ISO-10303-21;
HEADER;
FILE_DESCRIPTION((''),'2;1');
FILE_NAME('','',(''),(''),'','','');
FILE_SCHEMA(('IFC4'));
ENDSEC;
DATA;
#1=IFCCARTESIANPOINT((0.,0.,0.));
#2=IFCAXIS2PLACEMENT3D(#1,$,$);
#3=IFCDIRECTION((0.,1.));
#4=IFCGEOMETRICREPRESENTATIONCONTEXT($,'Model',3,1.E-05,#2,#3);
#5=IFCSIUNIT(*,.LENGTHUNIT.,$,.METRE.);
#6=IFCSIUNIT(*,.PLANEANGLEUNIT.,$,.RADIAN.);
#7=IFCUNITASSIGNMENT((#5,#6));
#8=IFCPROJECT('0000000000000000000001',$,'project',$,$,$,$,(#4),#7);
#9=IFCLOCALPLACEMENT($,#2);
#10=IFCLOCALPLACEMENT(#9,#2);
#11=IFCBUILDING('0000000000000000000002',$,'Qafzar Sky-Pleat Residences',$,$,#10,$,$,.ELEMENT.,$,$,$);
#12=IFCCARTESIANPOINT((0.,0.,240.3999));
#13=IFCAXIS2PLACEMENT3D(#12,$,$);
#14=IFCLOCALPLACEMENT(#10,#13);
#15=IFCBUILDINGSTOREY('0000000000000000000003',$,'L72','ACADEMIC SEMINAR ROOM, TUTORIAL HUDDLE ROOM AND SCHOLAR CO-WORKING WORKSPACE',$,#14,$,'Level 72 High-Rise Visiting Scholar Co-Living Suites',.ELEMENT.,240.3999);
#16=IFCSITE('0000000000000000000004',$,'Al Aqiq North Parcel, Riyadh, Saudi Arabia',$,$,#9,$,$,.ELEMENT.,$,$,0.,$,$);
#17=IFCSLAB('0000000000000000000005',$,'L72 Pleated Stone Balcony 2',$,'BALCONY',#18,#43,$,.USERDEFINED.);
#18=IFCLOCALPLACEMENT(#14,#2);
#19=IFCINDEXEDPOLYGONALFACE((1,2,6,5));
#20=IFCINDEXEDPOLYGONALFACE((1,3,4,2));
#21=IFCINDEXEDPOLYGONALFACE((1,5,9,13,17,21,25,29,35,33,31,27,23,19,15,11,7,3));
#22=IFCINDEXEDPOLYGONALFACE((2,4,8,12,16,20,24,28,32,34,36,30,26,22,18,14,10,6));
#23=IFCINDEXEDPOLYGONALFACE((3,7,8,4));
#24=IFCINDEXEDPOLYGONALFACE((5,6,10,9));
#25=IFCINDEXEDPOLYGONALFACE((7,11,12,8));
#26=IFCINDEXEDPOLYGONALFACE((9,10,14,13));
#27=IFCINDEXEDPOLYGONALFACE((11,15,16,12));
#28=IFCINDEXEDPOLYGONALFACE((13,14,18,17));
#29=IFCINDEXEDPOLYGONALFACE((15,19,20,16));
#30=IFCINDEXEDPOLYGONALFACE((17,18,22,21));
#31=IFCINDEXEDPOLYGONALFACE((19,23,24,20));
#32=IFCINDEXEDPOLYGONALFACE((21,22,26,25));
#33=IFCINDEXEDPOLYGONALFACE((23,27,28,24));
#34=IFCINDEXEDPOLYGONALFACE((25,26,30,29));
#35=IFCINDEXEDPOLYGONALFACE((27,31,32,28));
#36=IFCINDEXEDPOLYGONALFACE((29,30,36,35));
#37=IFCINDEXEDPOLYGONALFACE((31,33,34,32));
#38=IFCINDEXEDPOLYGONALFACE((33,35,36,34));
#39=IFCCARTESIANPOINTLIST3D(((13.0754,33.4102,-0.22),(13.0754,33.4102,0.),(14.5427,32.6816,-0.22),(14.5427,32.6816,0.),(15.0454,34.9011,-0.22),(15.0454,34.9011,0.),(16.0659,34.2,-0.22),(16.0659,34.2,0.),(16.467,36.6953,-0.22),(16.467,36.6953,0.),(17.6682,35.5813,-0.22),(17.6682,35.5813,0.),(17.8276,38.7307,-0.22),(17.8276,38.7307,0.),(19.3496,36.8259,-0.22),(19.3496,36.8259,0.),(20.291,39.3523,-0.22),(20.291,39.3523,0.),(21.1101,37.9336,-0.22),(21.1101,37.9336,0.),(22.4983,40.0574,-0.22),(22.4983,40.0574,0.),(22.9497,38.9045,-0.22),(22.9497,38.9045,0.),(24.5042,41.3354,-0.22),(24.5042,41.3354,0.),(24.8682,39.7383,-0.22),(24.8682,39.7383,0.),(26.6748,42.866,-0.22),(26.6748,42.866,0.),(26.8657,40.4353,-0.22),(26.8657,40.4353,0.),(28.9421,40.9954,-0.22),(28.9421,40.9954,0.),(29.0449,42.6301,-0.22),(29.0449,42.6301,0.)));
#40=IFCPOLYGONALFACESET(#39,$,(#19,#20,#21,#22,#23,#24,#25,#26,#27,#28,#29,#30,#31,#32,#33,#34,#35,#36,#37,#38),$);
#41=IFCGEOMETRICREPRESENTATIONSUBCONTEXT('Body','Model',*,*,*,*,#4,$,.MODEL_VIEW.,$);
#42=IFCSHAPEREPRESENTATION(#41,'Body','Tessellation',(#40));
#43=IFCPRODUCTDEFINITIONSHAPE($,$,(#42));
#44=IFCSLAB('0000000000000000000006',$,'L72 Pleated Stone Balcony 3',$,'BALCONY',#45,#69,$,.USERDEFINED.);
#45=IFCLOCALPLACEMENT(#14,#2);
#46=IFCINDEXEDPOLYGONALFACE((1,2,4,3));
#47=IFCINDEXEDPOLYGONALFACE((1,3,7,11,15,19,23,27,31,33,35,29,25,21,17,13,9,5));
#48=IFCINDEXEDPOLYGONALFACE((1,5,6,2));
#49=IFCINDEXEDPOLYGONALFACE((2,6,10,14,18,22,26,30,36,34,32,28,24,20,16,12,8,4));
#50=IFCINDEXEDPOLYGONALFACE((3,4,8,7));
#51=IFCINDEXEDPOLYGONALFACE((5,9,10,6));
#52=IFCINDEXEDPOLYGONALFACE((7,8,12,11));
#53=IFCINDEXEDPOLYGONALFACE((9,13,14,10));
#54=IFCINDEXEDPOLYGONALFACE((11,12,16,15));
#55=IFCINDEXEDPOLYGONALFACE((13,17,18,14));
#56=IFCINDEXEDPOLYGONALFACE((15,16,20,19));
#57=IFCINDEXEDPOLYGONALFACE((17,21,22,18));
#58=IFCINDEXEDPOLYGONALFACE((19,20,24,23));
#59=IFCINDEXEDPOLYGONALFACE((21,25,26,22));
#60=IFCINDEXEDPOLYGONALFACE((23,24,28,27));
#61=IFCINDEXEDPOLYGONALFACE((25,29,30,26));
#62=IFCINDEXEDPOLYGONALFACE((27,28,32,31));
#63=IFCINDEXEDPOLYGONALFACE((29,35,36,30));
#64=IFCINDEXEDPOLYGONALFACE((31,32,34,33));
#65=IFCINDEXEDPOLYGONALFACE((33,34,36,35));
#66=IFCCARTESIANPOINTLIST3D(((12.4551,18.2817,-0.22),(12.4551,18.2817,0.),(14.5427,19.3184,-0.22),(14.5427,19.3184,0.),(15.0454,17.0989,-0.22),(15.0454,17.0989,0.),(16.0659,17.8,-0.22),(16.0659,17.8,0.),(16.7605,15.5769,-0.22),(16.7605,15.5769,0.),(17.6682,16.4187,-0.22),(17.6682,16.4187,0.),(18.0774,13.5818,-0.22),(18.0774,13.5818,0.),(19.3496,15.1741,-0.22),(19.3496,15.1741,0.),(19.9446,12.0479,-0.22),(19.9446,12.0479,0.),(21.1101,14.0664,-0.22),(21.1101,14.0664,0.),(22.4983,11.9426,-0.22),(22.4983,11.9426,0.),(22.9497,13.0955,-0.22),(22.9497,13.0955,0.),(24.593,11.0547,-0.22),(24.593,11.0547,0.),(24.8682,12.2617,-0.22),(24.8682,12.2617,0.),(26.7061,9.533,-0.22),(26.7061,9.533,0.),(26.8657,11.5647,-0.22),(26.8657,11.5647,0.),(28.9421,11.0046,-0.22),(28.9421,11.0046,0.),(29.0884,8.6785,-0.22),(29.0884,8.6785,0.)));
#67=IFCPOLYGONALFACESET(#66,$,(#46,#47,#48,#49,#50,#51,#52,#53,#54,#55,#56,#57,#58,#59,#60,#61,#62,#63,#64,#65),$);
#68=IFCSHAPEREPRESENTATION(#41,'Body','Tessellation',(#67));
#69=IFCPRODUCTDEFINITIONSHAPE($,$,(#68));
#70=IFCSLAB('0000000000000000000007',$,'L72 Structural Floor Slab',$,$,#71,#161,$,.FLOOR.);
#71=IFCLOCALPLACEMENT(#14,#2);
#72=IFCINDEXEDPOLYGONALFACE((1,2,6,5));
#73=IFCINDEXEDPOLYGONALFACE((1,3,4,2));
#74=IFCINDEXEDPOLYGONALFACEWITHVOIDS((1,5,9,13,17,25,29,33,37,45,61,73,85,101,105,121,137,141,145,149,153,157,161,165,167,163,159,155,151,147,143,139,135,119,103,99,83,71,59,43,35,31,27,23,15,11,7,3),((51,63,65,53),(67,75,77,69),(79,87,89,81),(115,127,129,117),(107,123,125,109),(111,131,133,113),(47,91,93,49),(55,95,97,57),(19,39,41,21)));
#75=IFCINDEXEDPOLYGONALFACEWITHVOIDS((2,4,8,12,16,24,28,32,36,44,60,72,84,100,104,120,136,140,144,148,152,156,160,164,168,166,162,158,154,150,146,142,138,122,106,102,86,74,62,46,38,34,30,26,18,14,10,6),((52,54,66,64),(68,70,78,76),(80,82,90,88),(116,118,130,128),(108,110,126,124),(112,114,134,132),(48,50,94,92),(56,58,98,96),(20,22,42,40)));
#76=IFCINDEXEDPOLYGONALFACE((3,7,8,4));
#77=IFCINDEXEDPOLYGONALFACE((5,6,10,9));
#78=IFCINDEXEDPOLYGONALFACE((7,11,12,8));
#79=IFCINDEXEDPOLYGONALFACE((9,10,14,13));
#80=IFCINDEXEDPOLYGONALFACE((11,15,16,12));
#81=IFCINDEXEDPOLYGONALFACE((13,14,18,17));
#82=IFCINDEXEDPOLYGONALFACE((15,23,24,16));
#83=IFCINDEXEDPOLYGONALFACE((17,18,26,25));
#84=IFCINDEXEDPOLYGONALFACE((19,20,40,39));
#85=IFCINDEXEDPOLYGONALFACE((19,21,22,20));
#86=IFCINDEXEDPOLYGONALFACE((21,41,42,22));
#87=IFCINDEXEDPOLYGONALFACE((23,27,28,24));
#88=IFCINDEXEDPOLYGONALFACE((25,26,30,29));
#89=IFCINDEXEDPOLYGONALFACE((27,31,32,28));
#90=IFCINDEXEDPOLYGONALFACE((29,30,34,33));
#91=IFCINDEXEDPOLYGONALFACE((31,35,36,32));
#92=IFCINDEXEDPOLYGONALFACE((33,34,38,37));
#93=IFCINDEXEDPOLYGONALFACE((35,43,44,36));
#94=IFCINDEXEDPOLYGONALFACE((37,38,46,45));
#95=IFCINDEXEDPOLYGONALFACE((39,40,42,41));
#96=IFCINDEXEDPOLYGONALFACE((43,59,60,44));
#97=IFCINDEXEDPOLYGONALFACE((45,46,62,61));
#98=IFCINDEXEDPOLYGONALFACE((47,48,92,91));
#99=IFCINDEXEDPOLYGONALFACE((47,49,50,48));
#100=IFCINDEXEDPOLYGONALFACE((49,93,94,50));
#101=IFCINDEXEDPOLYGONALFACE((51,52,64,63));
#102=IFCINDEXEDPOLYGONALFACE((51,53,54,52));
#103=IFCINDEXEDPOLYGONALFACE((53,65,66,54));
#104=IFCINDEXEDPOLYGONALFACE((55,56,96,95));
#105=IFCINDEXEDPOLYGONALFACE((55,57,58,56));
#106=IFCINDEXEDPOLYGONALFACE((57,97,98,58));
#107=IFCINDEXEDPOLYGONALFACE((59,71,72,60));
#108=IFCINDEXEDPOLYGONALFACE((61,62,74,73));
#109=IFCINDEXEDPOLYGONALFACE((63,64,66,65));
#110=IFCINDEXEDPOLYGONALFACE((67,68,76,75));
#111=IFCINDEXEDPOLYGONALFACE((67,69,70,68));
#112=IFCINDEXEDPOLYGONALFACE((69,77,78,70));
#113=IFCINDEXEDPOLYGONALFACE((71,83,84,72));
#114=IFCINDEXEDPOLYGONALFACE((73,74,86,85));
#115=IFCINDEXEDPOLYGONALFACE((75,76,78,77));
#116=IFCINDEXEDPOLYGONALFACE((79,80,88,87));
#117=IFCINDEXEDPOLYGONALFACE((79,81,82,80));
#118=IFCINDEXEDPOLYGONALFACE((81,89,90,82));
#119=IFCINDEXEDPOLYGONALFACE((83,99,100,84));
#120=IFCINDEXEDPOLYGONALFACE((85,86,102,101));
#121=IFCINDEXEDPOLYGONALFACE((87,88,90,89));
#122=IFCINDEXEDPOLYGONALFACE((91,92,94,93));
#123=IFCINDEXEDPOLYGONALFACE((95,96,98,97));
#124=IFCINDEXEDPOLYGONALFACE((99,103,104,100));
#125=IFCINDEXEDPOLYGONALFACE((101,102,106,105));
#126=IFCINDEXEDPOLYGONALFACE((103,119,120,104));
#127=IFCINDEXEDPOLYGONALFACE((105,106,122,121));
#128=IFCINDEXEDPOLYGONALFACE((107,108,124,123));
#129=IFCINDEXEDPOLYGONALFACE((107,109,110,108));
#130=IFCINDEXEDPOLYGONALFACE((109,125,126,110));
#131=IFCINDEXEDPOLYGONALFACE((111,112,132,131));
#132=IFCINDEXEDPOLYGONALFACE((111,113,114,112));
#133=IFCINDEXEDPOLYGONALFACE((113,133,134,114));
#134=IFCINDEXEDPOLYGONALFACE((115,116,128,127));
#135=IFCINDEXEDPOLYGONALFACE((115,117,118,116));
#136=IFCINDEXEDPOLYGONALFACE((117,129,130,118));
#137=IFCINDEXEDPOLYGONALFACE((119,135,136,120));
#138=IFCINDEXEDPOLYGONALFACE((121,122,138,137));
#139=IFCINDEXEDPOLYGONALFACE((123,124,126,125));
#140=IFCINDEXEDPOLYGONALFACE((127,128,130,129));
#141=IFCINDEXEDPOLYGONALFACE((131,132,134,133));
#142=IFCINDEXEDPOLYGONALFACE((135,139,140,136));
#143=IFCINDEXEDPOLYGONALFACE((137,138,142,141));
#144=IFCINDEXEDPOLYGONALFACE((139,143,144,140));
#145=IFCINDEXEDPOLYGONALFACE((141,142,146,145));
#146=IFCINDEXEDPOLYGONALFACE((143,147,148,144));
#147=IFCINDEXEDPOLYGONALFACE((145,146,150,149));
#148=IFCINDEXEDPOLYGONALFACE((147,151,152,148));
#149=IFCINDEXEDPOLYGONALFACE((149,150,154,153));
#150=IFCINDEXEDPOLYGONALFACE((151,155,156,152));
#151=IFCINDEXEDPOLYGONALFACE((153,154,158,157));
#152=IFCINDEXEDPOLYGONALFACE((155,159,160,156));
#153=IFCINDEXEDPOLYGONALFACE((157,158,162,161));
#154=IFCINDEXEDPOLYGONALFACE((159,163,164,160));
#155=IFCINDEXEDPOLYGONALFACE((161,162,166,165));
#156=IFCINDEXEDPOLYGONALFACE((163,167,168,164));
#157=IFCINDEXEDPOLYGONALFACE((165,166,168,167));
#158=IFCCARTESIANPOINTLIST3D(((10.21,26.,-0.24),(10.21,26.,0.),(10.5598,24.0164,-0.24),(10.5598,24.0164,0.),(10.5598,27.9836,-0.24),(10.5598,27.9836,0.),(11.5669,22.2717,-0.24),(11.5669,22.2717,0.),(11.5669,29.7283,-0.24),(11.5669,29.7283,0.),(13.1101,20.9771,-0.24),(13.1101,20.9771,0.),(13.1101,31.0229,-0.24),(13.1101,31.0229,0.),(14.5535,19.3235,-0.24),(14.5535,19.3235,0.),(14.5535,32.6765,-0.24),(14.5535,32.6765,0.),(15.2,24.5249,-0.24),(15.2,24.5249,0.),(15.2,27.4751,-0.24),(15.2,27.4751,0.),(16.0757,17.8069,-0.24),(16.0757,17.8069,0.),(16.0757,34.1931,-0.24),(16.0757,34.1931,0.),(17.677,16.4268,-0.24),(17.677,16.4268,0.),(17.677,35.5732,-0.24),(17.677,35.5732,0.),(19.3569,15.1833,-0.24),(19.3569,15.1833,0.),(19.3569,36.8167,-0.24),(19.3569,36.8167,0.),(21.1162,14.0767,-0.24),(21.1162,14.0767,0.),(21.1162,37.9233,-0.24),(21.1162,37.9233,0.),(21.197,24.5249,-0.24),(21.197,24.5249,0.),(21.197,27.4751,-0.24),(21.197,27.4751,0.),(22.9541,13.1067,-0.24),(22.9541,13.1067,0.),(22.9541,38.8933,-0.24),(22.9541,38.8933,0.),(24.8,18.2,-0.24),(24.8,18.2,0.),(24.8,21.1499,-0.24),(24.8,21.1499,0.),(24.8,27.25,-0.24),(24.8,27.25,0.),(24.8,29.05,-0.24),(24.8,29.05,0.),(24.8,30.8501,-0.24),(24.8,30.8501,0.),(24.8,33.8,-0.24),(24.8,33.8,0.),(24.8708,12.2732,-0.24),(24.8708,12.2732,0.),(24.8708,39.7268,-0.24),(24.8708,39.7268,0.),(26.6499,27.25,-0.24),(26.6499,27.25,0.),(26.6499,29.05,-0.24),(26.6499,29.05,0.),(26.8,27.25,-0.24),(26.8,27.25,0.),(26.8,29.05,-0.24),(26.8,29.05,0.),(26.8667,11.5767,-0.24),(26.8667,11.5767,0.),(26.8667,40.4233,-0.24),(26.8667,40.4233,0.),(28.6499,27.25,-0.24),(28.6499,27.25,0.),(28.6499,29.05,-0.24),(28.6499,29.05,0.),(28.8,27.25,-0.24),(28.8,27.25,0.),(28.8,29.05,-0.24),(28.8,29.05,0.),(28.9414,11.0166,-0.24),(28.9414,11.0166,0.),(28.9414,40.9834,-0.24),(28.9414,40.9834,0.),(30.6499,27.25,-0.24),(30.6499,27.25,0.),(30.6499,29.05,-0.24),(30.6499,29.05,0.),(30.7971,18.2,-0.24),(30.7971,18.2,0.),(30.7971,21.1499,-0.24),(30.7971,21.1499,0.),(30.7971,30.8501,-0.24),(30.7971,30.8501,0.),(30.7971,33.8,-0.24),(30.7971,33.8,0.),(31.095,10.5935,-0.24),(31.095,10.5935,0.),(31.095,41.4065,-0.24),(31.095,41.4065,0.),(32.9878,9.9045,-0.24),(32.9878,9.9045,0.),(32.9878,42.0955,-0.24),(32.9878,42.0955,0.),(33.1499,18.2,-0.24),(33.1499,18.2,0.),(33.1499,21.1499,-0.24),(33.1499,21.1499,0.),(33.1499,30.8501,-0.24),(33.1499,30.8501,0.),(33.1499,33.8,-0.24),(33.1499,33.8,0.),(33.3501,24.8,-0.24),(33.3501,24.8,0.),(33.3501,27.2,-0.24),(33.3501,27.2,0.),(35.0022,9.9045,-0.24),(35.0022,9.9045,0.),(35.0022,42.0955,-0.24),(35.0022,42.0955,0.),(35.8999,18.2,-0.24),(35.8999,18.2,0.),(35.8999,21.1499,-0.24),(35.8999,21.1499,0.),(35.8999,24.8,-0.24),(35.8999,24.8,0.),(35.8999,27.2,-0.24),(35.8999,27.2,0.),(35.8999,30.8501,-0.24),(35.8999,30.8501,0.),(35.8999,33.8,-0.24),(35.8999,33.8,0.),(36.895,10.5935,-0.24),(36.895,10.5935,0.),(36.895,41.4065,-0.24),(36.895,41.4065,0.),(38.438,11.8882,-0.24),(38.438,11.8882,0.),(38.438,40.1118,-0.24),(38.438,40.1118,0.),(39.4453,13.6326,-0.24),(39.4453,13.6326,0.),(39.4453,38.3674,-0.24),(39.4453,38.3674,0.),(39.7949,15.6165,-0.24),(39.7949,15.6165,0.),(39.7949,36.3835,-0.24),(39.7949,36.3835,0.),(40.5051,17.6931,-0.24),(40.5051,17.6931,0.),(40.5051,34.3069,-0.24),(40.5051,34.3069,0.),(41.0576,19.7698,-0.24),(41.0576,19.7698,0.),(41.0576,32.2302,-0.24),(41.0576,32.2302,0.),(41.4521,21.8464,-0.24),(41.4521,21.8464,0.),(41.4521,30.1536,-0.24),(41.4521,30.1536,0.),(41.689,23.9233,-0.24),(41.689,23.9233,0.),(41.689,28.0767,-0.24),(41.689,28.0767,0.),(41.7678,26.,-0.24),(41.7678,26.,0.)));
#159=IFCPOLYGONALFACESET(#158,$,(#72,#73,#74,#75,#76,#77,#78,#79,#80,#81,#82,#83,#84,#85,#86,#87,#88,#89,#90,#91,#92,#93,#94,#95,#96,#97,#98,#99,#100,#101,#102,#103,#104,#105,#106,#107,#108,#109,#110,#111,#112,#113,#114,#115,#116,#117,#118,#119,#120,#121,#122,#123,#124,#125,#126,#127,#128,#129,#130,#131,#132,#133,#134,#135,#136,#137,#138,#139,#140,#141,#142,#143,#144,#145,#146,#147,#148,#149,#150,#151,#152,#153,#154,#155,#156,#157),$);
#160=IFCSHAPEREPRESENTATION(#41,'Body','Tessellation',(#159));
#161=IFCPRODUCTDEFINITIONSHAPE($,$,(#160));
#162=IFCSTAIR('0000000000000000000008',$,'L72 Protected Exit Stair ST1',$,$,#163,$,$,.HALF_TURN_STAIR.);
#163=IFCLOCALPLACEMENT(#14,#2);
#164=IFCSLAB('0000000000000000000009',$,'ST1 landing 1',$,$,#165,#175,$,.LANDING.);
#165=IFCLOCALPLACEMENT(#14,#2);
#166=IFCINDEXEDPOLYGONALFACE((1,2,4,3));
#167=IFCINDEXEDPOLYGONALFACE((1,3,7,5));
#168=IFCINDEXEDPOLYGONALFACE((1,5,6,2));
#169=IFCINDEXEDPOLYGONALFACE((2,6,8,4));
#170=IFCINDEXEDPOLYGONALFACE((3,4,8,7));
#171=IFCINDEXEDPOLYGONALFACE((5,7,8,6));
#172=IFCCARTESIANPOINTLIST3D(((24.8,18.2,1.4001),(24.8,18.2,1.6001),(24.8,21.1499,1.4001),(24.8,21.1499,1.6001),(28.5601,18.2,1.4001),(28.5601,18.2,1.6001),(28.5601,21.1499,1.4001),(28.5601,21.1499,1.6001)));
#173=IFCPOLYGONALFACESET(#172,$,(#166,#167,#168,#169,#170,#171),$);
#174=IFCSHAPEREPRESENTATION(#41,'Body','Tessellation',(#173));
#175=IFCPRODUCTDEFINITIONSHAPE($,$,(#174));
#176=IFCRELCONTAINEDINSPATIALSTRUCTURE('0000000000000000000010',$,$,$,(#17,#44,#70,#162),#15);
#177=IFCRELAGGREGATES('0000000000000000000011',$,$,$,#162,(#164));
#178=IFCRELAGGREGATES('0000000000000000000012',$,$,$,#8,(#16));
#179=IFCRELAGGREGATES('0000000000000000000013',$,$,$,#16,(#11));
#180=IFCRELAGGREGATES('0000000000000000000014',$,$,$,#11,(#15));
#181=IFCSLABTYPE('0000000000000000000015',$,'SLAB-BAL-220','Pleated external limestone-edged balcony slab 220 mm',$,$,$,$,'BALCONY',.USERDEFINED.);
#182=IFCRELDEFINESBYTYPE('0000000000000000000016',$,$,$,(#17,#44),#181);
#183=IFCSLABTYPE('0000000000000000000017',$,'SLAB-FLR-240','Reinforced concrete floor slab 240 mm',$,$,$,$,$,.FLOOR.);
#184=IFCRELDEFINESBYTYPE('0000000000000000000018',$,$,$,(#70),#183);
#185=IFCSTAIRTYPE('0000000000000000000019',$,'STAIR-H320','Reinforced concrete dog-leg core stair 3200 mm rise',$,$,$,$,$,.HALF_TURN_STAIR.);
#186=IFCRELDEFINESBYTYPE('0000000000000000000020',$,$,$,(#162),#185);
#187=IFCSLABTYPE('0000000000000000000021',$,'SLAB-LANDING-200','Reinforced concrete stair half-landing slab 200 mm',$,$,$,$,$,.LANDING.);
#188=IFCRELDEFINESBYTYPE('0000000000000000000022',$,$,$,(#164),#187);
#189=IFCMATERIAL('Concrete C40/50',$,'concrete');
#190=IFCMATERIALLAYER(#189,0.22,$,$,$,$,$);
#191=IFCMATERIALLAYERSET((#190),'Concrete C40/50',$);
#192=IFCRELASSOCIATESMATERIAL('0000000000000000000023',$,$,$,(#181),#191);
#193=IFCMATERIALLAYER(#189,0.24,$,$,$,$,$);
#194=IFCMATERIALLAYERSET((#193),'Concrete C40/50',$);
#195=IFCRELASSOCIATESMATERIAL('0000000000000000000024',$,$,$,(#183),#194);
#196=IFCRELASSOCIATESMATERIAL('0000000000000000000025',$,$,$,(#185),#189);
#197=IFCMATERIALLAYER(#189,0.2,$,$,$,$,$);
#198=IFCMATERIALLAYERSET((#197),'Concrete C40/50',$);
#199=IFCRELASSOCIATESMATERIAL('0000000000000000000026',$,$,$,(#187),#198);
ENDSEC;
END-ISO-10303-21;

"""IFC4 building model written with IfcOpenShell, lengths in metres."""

from ifc_helpers import new_model, si_unit, direction, frame, origin, place, context, subcontext, project, spatial, polyline, outline, extrude, material, layer, layer_set, type_object, element, aggregate, save


model = new_model("IFC4")

# Units and contexts
model_context = context("Model", 3, precision=1e-05, world=origin(), true_north=direction((0.0, 1.0)))
body_context = subcontext(model_context, "Body", "Model", "MODEL_VIEW")
ifc_project = project(units=[si_unit("LENGTHUNIT", "METRE"), si_unit("PLANEANGLEUNIT", "RADIAN")], contexts=[model_context])

# Site, building, storey
site_placement = place(None, origin())
site = spatial("IfcSite", under=ifc_project, at=site_placement, Name="Al Aqiq North Parcel, Riyadh, Saudi Arabia", CompositionType="ELEMENT", RefElevation=0.0)
building_placement = place(site_placement, origin())
building = spatial("IfcBuilding", under=site, at=building_placement, Name="Qafzar Sky-Pleat Residences", CompositionType="ELEMENT")
storey_placement = place(building_placement, frame((0.0, 0.0, 240.3999)))
storey = spatial("IfcBuildingStorey", under=building, at=storey_placement, Name="L72", Description="ACADEMIC SEMINAR ROOM, TUTORIAL HUDDLE ROOM AND SCHOLAR CO-WORKING WORKSPACE", LongName="Level 72 High-Rise Visiting Scholar Co-Living Suites", CompositionType="ELEMENT", Elevation=240.3999)

# Slabs
ifc_material_1 = material(Name="Concrete C40/50", Category="concrete")
ifc_layer_1 = layer(ifc_material_1, 0.22)
ifc_layer_set_1 = layer_set([ifc_layer_1], Name="Concrete C40/50")
slab_type_1 = type_object("IfcSlabType", Name="SLAB-BAL-220", Description="Pleated external limestone-edged balcony slab 220 mm", ElementType="BALCONY", PredefinedType="USERDEFINED", material=ifc_layer_set_1)
slab_1_placement = place(storey_placement, frame((0.0, 0.0, -0.22)))
element("IfcSlab", 1, at=slab_1_placement, inside=storey, type_object=slab_type_1, Name="L72 Pleated Stone Balcony 2", ObjectType="BALCONY", PredefinedType="USERDEFINED", context=body_context, shape_type="SweptSolid", body=[
    extrude(outline(polyline([(26.8657, 40.4353), (24.8682, 39.7383), (22.9497, 38.9045), (21.1101, 37.9336), (19.3496, 36.8259), (17.6682, 35.5813), (16.0659, 34.2), (14.5427, 32.6816), (13.0754, 33.4102), (15.0454, 34.9011), (16.467, 36.6953), (17.8276, 38.7307), (20.291, 39.3523), (22.4983, 40.0574), (24.5042, 41.3354), (26.6748, 42.866), (29.0449, 42.6301), (28.9421, 40.9954), (26.8657, 40.4353)])), origin(), (0.0, 0.0, 1.0), 0.22),
])
slab_2_placement = place(storey_placement, frame((0.0, 0.0, -0.22)))
element("IfcSlab", 2, at=slab_2_placement, inside=storey, type_object=slab_type_1, Name="L72 Pleated Stone Balcony 3", ObjectType="BALCONY", PredefinedType="USERDEFINED", context=body_context, shape_type="SweptSolid", body=[
    extrude(outline(polyline([(16.0659, 17.8), (17.6682, 16.4187), (19.3496, 15.1741), (21.1101, 14.0664), (22.9497, 13.0955), (24.8682, 12.2617), (26.8657, 11.5647), (28.9421, 11.0046), (29.0884, 8.6785), (26.7061, 9.533), (24.593, 11.0547), (22.4983, 11.9426), (19.9446, 12.0479), (18.0774, 13.5818), (16.7605, 15.5769), (15.0454, 17.0989), (12.4551, 18.2817), (14.5427, 19.3184), (16.0659, 17.8)])), origin(), (0.0, 0.0, 1.0), 0.22),
])
ifc_layer_2 = layer(ifc_material_1, 0.24)
ifc_layer_set_2 = layer_set([ifc_layer_2], Name="Concrete C40/50")
slab_type_2 = type_object("IfcSlabType", Name="SLAB-FLR-240", Description="Reinforced concrete floor slab 240 mm", PredefinedType="FLOOR", material=ifc_layer_set_2)
slab_3_placement = place(storey_placement, frame((0.0, 0.0, -0.24)))
element("IfcSlab", 3, at=slab_3_placement, inside=storey, type_object=slab_type_2, Name="L72 Structural Floor Slab", PredefinedType="FLOOR", context=body_context, shape_type="SweptSolid", body=[
    extrude(outline(polyline([(13.1101, 31.0229), (11.5669, 29.7283), (10.5598, 27.9836), (10.21, 26.0), (10.5598, 24.0164), (11.5669, 22.2717), (13.1101, 20.9771), (14.5535, 19.3235), (16.0757, 17.8069), (17.677, 16.4268), (19.3569, 15.1833), (21.1162, 14.0767), (22.9541, 13.1067), (24.8708, 12.2732), (26.8667, 11.5767), (28.9414, 11.0166), (31.095, 10.5935), (32.9878, 9.9045), (35.0022, 9.9045), (36.895, 10.5935), (38.438, 11.8882), (39.4453, 13.6326), (39.7949, 15.6165), (40.5051, 17.6931), (41.0576, 19.7698), (41.4521, 21.8464), (41.689, 23.9233), (41.7678, 26.0), (41.689, 28.0767), (41.4521, 30.1536), (41.0576, 32.2302), (40.5051, 34.3069), (39.7949, 36.3835), (39.4453, 38.3674), (38.438, 40.1118), (36.895, 41.4065), (35.0022, 42.0955), (32.9878, 42.0955), (31.095, 41.4065), (28.9414, 40.9834), (26.8667, 40.4233), (24.8708, 39.7268), (22.9541, 38.8933), (21.1162, 37.9233), (19.3569, 36.8167), (17.677, 35.5732), (16.0757, 34.1931), (14.5535, 32.6765), (13.1101, 31.0229)]), holes=[polyline([(30.7971, 21.1499), (24.8, 21.1499), (24.8, 18.2), (30.7971, 18.2), (30.7971, 21.1499)]), polyline([(30.7971, 33.8), (24.8, 33.8), (24.8, 30.8501), (30.7971, 30.8501), (30.7971, 33.8)]), polyline([(21.197, 27.4751), (15.2, 27.4751), (15.2, 24.5249), (21.197, 24.5249), (21.197, 27.4751)]), polyline([(24.8, 27.25), (26.6499, 27.25), (26.6499, 29.05), (24.8, 29.05), (24.8, 27.25)]), polyline([(26.8, 27.25), (28.6499, 27.25), (28.6499, 29.05), (26.8, 29.05), (26.8, 27.25)]), polyline([(28.8, 27.25), (30.6499, 27.25), (30.6499, 29.05), (28.8, 29.05), (28.8, 27.25)]), polyline([(33.1499, 18.2), (35.8999, 18.2), (35.8999, 21.1499), (33.1499, 21.1499), (33.1499, 18.2)]), polyline([(33.1499, 30.8501), (35.8999, 30.8501), (35.8999, 33.8), (33.1499, 33.8), (33.1499, 30.8501)]), polyline([(33.3501, 24.8), (35.8999, 24.8), (35.8999, 27.2), (33.3501, 27.2), (33.3501, 24.8)])]), origin(), (0.0, 0.0, 1.0), 0.24),
])

# Stair, slab
stair_type = type_object("IfcStairType", Name="STAIR-H320", Description="Reinforced concrete dog-leg core stair 3200 mm rise", PredefinedType="HALF_TURN_STAIR", material=ifc_material_1)
stair_1_placement = place(storey_placement, origin())
stair_1 = element("IfcStair", 4, at=stair_1_placement, inside=storey, type_object=stair_type, Name="L72 Protected Exit Stair ST1", PredefinedType="HALF_TURN_STAIR")
ifc_layer_3 = layer(ifc_material_1, 0.2)
ifc_layer_set_3 = layer_set([ifc_layer_3], Name="Concrete C40/50")
slab_type_3 = type_object("IfcSlabType", Name="SLAB-LANDING-200", Description="Reinforced concrete stair half-landing slab 200 mm", PredefinedType="LANDING", material=ifc_layer_set_3)
slab_4_placement = place(storey_placement, frame((0.0, 0.0, 1.4001)))
slab_4 = element("IfcSlab", 5, at=slab_4_placement, type_object=slab_type_3, Name="ST1 landing 1", PredefinedType="LANDING", context=body_context, shape_type="SweptSolid", body=[
    extrude(outline(polyline([(28.5601, 21.1499), (24.8, 21.1499), (24.8, 18.2), (28.5601, 18.2), (28.5601, 21.1499)])), origin(), (0.0, 0.0, 1.0), 0.2),
])
aggregate(stair_1, [slab_4])

save(model, "model.ifc")
